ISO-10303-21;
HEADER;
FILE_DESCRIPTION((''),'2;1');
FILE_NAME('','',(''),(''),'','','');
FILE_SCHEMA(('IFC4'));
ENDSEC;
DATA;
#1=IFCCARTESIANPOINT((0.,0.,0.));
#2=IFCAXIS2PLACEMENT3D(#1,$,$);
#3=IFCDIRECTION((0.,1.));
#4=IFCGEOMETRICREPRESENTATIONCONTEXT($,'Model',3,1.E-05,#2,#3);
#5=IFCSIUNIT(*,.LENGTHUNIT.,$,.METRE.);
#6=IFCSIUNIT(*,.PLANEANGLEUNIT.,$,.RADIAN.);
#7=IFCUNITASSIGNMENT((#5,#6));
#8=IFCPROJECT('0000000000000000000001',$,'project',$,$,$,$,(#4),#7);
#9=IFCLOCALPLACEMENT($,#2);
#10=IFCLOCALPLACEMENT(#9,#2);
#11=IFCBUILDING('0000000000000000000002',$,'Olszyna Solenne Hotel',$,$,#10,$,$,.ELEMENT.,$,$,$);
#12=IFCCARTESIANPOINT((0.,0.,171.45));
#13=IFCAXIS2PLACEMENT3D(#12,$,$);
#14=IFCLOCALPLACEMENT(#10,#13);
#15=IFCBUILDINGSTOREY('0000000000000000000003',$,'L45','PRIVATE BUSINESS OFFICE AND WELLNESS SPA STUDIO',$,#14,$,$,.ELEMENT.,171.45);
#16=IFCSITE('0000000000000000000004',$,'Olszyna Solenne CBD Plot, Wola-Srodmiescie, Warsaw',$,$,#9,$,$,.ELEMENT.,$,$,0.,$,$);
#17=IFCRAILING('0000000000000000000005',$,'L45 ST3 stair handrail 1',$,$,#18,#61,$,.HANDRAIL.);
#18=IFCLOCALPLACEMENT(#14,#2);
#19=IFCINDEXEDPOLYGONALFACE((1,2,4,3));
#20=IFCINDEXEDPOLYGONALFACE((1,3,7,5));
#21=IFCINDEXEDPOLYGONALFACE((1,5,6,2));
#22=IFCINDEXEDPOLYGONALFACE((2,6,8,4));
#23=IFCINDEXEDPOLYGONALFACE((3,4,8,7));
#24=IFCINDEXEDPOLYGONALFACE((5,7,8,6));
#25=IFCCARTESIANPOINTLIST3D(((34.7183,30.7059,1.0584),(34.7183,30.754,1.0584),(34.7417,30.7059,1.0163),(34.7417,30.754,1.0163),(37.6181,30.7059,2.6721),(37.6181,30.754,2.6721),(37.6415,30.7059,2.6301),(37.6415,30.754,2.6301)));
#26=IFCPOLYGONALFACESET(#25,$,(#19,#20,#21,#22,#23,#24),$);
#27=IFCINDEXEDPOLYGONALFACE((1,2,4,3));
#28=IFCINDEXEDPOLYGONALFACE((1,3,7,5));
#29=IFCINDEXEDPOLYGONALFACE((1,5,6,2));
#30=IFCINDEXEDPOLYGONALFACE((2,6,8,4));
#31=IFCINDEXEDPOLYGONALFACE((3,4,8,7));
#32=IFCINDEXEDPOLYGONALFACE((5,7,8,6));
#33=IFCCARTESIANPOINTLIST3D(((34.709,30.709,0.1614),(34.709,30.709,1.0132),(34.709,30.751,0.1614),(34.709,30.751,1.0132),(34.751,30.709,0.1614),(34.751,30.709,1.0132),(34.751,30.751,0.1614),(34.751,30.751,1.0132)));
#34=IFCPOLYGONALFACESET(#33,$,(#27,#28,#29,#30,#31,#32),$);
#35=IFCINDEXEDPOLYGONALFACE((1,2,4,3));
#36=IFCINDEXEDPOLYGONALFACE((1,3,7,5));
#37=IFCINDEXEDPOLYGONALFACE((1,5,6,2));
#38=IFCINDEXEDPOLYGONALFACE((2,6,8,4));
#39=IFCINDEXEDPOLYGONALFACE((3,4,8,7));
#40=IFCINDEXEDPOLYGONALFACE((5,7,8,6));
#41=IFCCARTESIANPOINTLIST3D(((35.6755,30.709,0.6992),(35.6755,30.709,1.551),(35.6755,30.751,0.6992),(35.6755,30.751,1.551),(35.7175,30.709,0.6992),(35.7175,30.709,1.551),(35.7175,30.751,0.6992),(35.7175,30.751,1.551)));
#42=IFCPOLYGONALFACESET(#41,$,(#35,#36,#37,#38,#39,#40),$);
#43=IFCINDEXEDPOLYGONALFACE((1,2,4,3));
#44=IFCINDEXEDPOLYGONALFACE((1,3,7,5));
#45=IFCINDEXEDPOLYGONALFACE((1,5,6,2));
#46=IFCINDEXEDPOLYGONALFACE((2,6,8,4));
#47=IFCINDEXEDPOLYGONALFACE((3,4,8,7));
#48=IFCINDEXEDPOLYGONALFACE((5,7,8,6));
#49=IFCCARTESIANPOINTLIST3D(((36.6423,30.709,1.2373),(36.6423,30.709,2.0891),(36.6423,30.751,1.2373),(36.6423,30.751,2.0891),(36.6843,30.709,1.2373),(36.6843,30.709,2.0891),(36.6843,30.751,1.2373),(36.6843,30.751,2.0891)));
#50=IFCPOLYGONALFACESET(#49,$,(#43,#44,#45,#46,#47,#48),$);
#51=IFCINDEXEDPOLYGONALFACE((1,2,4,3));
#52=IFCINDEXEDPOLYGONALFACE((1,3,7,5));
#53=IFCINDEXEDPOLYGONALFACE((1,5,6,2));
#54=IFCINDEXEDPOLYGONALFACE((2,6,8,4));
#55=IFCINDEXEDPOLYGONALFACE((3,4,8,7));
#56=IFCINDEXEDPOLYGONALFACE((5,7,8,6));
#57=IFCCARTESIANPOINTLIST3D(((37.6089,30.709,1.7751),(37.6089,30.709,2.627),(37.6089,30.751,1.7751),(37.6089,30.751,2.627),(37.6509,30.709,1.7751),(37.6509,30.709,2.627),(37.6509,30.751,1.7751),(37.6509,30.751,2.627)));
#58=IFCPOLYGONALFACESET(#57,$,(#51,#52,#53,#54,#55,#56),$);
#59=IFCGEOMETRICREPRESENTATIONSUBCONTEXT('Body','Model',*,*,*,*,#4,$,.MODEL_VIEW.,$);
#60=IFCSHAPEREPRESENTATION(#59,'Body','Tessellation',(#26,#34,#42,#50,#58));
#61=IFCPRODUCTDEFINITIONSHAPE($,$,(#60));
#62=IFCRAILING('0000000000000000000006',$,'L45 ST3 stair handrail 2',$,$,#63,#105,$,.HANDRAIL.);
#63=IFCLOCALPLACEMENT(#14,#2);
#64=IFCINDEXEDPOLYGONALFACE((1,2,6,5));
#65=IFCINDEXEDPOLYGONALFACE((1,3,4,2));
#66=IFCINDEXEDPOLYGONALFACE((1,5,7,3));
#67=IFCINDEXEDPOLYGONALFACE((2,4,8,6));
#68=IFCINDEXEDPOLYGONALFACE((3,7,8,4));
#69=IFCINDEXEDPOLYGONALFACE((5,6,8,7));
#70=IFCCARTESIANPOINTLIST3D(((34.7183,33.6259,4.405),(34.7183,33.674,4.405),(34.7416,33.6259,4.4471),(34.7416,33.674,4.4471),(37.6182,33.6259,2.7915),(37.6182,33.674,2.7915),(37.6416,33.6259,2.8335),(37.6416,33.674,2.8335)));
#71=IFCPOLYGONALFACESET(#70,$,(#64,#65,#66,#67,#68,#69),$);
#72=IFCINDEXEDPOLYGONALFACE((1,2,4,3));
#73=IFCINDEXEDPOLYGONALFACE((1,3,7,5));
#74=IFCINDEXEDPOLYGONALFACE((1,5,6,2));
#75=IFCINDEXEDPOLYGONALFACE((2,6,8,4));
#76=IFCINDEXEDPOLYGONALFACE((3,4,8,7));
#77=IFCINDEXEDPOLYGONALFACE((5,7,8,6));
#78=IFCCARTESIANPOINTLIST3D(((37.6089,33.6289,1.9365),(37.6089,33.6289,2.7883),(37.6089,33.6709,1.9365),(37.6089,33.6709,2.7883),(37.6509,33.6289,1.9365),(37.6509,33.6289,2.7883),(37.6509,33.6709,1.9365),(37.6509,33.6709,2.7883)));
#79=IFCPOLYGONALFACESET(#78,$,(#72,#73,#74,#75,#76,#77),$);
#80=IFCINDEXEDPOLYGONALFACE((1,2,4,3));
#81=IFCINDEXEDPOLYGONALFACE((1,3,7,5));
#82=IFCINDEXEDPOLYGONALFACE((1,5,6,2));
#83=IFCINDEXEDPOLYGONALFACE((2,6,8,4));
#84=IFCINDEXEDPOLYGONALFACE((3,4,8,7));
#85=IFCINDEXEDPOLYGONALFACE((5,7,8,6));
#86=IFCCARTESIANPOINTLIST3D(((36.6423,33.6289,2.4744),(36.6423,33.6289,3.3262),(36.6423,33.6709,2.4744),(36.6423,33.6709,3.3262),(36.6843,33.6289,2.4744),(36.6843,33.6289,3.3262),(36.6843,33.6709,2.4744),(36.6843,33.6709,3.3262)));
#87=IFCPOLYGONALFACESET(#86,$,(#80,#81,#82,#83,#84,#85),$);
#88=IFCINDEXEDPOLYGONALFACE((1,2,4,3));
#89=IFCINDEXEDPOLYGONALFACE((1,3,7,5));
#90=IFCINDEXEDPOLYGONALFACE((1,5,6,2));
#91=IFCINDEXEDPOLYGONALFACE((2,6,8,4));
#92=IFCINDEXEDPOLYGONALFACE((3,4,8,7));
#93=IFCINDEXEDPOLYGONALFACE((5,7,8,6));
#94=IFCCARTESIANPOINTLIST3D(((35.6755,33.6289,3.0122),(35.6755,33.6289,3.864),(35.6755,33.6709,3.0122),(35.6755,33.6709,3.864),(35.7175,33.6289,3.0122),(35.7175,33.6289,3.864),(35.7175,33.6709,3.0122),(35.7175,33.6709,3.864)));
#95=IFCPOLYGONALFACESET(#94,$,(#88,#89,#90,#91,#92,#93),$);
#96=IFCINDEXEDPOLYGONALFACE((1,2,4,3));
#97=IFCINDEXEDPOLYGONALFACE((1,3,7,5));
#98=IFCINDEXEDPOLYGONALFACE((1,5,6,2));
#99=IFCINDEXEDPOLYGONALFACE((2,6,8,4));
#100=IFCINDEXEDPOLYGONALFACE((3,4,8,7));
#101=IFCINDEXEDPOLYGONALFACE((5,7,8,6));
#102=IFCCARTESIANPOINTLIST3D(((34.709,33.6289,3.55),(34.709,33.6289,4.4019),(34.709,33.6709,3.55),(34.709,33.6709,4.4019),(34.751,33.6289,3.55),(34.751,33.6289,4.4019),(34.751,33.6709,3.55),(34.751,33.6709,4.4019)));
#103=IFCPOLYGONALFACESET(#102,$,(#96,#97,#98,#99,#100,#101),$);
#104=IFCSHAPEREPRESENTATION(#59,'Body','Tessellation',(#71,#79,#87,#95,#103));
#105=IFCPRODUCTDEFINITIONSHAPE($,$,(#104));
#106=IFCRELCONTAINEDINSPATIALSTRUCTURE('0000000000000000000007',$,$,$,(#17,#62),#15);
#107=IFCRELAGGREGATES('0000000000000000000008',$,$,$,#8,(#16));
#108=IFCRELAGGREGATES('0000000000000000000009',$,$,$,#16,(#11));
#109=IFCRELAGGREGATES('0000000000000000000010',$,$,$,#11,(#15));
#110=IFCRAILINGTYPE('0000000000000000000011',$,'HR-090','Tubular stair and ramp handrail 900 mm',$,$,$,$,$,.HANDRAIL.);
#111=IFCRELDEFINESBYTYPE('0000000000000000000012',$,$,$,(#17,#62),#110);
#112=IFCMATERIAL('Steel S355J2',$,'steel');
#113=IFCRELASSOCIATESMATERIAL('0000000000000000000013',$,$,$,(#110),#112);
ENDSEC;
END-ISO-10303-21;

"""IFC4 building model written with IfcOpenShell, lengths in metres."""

from ifc_helpers import new_model, si_unit, direction, frame, origin, origin_2d, place, context, subcontext, project, spatial, rectangle, extrude, material, type_object, element, save


model = new_model("IFC4")

# Units and contexts
model_context = context("Model", 3, precision=1e-05, world=origin(), true_north=direction((0.0, 1.0)))
body_context = subcontext(model_context, "Body", "Model", "MODEL_VIEW")
ifc_project = project(units=[si_unit("LENGTHUNIT", "METRE"), si_unit("PLANEANGLEUNIT", "RADIAN")], contexts=[model_context])

# Site, building, storey
site_placement = place(None, origin())
site = spatial("IfcSite", under=ifc_project, at=site_placement, Name="Olszyna Solenne CBD Plot, Wola-Srodmiescie, Warsaw", CompositionType="ELEMENT", RefElevation=0.0)
building_placement = place(site_placement, origin())
building = spatial("IfcBuilding", under=site, at=building_placement, Name="Olszyna Solenne Hotel", CompositionType="ELEMENT")
storey_placement = place(building_placement, frame((0.0, 0.0, 171.45)))
storey = spatial("IfcBuildingStorey", under=building, at=storey_placement, Name="L45", Description="PRIVATE BUSINESS OFFICE AND WELLNESS SPA STUDIO", CompositionType="ELEMENT", Elevation=171.45)

# Shared definitions
ifc_material_1 = material(Name="Steel S355J2", Category="steel")

# Railings
railing_type_1 = type_object("IfcRailingType", Name="HR-090", Description="Tubular stair and ramp handrail 900 mm", PredefinedType="HANDRAIL", material=ifc_material_1)
railing_1_placement = place(storey_placement, frame((34.73, 30.73, 0.1614)))
element("IfcRailing", 1, at=railing_1_placement, inside=storey, type_object=railing_type_1, Name="L45 ST3 stair handrail 1", PredefinedType="HANDRAIL", context=body_context, shape_type="SweptSolid", body=[
    extrude(rectangle(XDim=0.0481, YDim=0.0481, at=origin_2d()), frame((0.0, 0.0, 0.876), z_axis=(0.87381, 0.0, 0.486267), x_axis=(0.0, 1.0, 0.0)), (0.0, 0.0, 1.0), 3.3186),
    extrude(rectangle(XDim=0.042, YDim=0.042, at=origin_2d()), origin(), (0.0, 0.0, 1.0), 0.8518),
    extrude(rectangle(XDim=0.042, YDim=0.042, at=origin_2d()), frame((0.9666, 0.0, 0.5378)), (0.0, 0.0, 1.0), 0.8518),
    extrude(rectangle(XDim=0.042, YDim=0.042, at=origin_2d()), frame((1.9333, 0.0, 1.0759)), (0.0, 0.0, 1.0), 0.8518),
    extrude(rectangle(XDim=0.042, YDim=0.042, at=origin_2d()), frame((2.8999, 0.0, 1.6138)), (0.0, 0.0, 1.0), 0.8518),
])
railing_2_placement = place(storey_placement, frame((37.6299, 33.6499, 1.9365)))
element("IfcRailing", 2, at=railing_2_placement, inside=storey, type_object=railing_type_1, Name="L45 ST3 stair handrail 2", PredefinedType="HANDRAIL", context=body_context, shape_type="SweptSolid", body=[
    extrude(rectangle(XDim=0.0481, YDim=0.0481, at=origin_2d()), frame((0.0, 0.0, 0.876), z_axis=(-0.873841, 0.0, 0.486211), x_axis=(0.0, -1.0, 0.0)), (0.0, 0.0, 1.0), 3.3186),
    extrude(rectangle(XDim=0.042, YDim=0.042, at=origin_2d()), origin(), (0.0, 0.0, 1.0), 0.8518),
    extrude(rectangle(XDim=0.042, YDim=0.042, at=origin_2d()), frame((-0.9666, 0.0, 0.5378)), (0.0, 0.0, 1.0), 0.8518),
    extrude(rectangle(XDim=0.042, YDim=0.042, at=origin_2d()), frame((-1.9333, 0.0, 1.0757)), (0.0, 0.0, 1.0), 0.8518),
    extrude(rectangle(XDim=0.042, YDim=0.042, at=origin_2d()), frame((-2.8999, 0.0, 1.6135)), (0.0, 0.0, 1.0), 0.8518),
])

save(model, "model.ifc")
